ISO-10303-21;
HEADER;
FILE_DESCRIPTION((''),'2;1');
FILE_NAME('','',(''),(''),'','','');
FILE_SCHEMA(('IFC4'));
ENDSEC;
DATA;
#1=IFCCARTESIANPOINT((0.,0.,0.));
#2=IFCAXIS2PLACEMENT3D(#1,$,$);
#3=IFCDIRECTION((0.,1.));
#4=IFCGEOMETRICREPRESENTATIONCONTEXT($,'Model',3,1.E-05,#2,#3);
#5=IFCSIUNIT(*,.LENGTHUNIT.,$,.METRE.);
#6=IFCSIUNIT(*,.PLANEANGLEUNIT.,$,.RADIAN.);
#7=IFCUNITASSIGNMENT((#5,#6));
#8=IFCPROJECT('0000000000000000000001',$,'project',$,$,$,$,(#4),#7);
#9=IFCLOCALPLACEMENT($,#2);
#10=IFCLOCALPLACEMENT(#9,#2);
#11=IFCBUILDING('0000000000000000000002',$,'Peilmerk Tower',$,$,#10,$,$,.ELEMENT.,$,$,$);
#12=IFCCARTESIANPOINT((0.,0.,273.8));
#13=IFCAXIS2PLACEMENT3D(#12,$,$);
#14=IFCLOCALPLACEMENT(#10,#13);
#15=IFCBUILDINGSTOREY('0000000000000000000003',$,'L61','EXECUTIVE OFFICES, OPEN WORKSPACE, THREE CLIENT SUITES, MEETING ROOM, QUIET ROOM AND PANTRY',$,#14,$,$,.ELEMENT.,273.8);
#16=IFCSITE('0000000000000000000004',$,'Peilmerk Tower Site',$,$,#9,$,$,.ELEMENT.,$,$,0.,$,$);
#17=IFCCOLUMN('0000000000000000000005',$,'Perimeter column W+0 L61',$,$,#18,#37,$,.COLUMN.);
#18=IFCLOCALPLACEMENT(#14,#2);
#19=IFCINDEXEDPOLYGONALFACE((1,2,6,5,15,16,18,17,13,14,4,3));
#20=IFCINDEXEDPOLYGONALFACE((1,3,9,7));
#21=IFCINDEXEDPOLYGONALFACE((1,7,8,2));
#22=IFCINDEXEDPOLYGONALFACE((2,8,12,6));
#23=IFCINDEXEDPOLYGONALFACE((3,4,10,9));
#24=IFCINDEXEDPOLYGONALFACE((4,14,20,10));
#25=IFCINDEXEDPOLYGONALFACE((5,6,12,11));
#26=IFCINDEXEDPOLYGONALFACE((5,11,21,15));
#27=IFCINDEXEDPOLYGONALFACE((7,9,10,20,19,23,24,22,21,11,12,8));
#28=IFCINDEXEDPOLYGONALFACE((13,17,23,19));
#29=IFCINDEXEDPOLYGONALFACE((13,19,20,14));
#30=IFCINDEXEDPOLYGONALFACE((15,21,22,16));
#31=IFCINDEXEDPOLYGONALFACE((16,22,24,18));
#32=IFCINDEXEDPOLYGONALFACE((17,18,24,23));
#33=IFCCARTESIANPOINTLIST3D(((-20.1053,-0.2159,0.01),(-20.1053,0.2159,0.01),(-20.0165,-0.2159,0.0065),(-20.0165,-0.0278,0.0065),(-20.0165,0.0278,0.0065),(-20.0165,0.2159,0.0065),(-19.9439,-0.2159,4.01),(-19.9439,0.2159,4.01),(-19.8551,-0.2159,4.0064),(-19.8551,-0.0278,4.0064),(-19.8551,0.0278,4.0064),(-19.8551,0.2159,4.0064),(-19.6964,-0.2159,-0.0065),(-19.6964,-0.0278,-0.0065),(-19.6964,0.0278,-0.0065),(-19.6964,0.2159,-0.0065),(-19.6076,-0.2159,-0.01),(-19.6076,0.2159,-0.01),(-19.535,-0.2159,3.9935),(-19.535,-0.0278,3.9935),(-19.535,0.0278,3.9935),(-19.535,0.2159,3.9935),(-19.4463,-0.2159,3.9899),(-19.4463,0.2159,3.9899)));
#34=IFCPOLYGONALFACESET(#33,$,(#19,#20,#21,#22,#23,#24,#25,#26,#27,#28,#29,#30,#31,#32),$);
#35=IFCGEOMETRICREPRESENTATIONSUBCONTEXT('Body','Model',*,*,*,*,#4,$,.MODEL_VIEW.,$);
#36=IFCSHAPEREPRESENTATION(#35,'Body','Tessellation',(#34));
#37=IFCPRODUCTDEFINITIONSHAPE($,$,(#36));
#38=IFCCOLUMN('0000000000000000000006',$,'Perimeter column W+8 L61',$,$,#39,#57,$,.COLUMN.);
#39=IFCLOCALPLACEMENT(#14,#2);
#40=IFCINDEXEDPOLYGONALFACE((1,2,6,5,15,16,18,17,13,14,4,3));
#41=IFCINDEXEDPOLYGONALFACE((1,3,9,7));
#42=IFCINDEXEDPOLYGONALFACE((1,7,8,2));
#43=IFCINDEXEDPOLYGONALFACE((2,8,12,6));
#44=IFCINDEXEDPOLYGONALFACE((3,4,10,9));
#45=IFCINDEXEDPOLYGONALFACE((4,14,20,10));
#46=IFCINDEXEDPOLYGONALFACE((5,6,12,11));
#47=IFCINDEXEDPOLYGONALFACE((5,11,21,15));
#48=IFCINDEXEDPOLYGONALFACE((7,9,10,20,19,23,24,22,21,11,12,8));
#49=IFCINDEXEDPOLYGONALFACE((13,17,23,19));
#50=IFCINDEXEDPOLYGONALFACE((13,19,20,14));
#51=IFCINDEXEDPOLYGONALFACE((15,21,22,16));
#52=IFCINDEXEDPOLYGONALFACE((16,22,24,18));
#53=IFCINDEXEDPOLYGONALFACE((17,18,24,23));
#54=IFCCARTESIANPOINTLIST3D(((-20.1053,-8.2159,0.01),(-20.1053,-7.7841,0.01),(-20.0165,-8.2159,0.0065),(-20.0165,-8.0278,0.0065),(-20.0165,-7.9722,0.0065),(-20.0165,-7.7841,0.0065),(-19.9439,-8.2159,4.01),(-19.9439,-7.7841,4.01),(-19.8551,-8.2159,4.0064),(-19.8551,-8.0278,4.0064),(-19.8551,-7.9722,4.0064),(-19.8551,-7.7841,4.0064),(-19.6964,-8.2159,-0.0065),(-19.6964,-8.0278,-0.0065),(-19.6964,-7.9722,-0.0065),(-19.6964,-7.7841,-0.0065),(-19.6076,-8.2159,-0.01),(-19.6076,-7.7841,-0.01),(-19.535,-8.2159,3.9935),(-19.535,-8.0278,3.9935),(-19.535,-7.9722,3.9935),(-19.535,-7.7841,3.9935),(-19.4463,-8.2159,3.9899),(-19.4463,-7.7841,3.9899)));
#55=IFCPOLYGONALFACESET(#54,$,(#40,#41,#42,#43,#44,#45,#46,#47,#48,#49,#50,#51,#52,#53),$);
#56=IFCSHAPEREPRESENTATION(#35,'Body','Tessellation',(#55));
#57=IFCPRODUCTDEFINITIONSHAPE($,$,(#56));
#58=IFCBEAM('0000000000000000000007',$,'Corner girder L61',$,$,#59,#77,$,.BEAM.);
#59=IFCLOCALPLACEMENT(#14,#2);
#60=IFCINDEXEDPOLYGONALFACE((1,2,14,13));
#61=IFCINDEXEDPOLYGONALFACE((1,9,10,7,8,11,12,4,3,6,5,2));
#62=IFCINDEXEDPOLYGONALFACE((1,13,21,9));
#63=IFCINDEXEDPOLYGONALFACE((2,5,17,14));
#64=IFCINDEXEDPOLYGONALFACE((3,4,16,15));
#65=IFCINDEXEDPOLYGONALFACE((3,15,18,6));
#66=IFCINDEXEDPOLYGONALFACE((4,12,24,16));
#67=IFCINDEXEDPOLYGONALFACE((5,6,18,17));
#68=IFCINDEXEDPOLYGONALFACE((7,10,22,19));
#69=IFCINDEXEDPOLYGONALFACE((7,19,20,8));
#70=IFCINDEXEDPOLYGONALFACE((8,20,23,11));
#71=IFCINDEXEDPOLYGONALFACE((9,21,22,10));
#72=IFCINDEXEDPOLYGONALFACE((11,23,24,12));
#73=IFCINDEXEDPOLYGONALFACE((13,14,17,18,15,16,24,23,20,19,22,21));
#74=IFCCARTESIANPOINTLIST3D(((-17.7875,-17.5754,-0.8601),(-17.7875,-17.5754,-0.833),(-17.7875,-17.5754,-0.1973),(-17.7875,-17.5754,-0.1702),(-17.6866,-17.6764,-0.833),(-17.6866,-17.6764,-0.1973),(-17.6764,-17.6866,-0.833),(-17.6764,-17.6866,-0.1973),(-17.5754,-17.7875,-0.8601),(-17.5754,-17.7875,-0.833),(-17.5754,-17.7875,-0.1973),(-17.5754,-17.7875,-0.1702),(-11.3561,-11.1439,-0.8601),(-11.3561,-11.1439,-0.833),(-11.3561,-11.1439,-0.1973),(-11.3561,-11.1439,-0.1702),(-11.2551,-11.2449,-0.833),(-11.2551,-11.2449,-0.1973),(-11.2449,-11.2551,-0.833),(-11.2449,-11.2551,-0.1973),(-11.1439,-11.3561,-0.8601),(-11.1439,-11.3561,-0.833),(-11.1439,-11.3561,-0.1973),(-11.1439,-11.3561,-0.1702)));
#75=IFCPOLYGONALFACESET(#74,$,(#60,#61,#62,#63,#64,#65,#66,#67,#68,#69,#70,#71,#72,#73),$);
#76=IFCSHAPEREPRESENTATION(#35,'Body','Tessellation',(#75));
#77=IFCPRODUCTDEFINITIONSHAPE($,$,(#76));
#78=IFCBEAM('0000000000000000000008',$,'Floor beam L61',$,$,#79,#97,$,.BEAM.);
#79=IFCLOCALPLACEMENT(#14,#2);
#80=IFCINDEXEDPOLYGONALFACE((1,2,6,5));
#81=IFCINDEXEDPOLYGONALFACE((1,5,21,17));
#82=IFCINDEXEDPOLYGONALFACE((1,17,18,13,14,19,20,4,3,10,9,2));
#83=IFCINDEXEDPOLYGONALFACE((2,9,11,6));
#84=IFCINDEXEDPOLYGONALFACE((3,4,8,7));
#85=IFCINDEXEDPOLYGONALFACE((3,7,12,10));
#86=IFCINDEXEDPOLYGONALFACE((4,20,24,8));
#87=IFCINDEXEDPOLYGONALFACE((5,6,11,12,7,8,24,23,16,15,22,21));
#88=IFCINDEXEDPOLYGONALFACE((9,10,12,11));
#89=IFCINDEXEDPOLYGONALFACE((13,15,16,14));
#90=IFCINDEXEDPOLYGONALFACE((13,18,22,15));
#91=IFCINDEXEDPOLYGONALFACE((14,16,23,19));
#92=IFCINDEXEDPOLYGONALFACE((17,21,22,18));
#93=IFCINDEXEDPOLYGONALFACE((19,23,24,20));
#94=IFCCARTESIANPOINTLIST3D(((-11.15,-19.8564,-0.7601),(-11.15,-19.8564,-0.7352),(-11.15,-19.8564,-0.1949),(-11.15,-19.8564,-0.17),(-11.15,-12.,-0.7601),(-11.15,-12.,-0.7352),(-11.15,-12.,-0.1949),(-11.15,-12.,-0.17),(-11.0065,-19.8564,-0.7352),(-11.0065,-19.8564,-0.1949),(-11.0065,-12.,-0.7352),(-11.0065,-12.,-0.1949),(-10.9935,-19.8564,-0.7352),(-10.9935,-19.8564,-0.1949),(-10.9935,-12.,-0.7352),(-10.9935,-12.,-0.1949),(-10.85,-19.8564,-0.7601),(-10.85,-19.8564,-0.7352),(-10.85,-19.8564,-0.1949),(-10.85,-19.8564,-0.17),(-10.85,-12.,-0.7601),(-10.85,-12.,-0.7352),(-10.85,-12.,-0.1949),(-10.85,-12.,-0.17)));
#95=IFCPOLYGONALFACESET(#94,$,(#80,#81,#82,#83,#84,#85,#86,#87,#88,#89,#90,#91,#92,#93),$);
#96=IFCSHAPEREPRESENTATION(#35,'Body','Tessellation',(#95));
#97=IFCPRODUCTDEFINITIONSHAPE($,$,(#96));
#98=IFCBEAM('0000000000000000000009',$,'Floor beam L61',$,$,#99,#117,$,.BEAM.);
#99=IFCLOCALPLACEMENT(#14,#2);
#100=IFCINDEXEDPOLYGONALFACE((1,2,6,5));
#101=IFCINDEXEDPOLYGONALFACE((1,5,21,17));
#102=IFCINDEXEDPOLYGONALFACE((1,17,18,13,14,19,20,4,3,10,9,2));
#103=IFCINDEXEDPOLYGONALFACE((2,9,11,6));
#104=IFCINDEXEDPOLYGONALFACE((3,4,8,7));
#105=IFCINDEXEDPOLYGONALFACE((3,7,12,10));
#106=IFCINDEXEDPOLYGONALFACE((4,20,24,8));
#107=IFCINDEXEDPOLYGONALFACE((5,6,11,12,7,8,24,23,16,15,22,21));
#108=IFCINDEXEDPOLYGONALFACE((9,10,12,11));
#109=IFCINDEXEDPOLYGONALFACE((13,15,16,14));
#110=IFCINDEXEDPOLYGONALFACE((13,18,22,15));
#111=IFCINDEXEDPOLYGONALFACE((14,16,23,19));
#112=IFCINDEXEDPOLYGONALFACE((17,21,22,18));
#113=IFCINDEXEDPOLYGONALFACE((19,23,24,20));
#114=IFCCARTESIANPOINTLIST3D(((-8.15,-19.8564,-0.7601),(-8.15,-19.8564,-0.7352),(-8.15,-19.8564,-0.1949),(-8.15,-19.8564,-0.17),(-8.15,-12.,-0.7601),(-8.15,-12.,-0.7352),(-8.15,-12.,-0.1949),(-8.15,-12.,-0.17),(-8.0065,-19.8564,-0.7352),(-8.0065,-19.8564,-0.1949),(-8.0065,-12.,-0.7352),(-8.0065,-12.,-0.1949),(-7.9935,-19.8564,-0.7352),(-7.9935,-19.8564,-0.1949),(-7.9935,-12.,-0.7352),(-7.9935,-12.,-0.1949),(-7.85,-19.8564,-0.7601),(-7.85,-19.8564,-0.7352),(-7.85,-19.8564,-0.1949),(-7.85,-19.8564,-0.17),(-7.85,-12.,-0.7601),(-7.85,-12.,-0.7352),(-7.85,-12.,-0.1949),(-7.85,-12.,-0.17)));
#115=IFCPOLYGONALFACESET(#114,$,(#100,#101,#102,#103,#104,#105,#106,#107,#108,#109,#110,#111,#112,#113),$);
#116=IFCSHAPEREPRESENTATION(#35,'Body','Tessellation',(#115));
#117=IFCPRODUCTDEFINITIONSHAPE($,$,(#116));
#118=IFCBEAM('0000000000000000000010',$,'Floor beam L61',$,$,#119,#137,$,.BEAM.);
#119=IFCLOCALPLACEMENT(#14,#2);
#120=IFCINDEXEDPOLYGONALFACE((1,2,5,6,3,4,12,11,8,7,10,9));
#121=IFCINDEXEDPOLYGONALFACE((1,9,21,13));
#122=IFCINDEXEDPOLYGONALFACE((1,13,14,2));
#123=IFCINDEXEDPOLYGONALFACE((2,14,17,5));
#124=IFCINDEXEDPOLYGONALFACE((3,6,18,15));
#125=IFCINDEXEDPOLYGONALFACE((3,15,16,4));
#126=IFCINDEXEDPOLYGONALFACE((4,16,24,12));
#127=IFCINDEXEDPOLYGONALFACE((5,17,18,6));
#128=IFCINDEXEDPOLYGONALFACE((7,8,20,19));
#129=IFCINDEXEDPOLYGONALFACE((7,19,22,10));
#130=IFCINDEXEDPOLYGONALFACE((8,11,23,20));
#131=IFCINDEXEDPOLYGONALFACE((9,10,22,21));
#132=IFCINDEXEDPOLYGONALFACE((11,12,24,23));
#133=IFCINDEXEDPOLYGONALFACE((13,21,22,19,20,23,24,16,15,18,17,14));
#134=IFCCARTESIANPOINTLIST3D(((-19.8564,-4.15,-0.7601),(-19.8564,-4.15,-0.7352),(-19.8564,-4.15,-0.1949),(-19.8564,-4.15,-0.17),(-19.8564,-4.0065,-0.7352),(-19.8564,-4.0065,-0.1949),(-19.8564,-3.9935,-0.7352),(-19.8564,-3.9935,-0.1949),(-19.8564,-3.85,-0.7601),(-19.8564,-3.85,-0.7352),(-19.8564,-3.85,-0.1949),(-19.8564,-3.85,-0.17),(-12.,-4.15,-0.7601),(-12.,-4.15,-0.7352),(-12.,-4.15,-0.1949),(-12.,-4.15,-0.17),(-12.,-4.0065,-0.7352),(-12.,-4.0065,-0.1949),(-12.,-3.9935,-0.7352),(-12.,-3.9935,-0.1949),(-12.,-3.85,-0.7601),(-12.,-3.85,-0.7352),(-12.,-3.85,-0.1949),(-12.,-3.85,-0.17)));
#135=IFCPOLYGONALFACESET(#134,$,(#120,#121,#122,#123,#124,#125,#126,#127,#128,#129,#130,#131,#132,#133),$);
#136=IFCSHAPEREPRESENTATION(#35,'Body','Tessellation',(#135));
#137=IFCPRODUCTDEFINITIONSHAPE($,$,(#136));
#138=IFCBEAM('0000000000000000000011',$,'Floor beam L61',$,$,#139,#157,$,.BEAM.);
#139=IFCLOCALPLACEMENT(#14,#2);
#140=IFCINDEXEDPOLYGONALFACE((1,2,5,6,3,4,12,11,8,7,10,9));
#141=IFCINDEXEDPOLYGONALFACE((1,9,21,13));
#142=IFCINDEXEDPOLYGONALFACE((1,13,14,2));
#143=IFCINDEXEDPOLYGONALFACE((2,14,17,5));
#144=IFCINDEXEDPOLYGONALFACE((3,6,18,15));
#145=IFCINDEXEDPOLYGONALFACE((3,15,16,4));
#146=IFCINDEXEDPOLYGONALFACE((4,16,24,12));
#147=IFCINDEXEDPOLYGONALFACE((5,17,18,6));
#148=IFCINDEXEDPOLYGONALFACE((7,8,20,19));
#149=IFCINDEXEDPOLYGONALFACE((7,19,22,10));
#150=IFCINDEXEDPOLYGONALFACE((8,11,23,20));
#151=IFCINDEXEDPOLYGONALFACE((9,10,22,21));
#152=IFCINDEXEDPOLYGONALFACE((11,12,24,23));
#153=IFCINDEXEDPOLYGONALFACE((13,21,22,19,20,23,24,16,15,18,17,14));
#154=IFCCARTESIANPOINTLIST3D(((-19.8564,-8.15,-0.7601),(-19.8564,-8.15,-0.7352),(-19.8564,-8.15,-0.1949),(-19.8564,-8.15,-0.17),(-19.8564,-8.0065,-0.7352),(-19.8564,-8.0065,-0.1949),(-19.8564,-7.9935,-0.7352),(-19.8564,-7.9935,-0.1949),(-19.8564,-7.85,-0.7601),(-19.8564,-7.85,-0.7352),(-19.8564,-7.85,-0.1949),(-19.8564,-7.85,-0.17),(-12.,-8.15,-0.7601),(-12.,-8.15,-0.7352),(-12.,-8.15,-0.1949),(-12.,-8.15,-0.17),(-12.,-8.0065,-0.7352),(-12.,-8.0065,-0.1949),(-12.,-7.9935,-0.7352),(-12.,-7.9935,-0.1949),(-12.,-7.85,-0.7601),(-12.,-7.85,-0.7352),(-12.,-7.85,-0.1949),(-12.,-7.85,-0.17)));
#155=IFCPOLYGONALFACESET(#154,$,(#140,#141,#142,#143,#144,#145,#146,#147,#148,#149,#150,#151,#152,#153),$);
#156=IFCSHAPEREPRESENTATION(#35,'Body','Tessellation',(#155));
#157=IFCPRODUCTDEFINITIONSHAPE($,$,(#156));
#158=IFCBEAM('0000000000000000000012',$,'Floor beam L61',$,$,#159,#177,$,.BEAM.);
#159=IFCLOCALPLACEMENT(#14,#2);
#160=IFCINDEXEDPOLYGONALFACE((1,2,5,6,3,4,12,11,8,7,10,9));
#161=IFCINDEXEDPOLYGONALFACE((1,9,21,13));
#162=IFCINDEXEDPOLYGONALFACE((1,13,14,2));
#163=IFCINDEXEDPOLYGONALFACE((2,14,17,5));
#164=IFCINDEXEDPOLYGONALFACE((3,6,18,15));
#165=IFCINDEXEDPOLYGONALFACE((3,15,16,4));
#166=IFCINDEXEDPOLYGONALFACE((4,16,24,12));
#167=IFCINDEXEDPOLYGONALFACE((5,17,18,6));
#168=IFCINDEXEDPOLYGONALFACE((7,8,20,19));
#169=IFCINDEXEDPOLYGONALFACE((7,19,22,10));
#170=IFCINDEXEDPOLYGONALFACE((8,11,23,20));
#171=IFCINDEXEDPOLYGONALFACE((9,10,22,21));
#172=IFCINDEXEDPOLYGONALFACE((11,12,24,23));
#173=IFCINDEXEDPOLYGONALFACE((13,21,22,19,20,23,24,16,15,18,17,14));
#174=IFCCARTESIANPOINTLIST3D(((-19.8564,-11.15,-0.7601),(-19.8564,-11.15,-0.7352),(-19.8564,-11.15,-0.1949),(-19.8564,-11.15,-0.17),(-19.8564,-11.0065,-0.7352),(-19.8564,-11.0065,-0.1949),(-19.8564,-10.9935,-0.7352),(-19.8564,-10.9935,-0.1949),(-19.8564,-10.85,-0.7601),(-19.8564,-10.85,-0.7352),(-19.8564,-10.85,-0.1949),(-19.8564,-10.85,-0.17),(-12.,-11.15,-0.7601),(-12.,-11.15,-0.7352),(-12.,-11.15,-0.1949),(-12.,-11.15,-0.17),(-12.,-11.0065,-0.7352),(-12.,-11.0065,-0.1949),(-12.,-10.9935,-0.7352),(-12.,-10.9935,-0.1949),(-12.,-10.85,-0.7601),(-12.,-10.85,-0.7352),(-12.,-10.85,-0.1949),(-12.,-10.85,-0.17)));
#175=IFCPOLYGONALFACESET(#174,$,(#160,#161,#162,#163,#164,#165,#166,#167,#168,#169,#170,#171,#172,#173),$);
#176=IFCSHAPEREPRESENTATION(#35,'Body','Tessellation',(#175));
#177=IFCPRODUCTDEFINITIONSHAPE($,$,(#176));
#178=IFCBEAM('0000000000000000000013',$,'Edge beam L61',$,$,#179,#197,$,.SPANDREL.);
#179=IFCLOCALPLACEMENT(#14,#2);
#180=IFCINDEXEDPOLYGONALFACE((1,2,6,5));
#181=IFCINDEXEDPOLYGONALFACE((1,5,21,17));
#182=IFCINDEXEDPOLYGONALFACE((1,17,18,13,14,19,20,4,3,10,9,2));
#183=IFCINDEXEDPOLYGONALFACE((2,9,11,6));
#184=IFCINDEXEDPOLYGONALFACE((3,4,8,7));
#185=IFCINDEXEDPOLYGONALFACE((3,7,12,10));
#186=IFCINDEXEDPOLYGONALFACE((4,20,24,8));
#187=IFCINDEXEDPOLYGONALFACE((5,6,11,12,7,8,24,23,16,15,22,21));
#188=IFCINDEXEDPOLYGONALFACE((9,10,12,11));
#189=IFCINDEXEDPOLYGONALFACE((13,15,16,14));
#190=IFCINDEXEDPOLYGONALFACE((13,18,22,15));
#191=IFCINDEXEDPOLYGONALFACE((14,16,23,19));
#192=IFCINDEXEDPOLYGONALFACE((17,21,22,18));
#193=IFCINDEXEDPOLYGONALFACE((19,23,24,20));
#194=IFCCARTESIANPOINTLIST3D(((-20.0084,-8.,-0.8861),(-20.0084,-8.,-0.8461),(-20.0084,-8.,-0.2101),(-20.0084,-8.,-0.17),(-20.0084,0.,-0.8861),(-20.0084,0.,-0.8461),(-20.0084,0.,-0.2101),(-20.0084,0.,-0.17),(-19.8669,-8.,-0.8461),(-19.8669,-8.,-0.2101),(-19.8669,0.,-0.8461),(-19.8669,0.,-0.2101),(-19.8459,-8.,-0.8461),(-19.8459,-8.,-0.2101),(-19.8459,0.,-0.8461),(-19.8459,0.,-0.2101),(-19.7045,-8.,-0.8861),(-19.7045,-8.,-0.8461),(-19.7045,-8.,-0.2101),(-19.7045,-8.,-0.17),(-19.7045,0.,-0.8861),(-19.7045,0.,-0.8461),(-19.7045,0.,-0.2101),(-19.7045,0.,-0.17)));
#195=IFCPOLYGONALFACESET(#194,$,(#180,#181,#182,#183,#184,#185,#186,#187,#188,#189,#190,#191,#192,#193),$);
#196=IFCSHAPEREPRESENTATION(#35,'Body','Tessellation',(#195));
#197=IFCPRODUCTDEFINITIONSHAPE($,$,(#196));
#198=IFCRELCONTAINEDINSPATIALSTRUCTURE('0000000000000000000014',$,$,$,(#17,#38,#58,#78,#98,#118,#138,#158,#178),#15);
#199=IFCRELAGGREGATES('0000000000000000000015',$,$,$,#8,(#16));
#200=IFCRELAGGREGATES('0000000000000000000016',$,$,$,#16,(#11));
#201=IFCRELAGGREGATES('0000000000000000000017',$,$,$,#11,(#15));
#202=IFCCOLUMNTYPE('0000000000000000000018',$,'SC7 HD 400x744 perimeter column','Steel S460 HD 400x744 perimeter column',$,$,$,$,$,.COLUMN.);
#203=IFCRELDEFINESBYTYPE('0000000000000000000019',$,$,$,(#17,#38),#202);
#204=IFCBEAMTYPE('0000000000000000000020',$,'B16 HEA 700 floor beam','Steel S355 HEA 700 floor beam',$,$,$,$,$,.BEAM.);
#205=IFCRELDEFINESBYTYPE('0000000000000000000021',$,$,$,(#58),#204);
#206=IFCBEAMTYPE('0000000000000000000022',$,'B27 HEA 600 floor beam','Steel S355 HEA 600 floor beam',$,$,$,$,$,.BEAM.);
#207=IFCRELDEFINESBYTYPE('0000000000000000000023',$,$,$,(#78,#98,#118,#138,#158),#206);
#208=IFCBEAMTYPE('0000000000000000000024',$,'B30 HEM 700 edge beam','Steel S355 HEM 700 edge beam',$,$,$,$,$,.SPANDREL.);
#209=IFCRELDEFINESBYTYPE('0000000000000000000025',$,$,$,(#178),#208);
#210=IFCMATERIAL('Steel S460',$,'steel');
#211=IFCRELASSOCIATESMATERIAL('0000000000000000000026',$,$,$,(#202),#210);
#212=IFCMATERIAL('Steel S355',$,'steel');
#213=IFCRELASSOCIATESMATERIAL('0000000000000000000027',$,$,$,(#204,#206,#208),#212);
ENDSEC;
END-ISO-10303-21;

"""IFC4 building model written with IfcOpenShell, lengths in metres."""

from ifc_helpers import new_model, si_unit, direction, frame, origin, origin_2d, place, context, subcontext, project, spatial, i_section, extrude, material, material_profile, profile_set, type_object, element, save


model = new_model("IFC4")

# Units and contexts
model_context = context("Model", 3, precision=1e-05, world=origin(), true_north=direction((0.0, 1.0)))
body_context = subcontext(model_context, "Body", "Model", "MODEL_VIEW")
ifc_project = project(units=[si_unit("LENGTHUNIT", "METRE"), si_unit("PLANEANGLEUNIT", "RADIAN")], contexts=[model_context])

# Site, building, storey
site_placement = place(None, origin())
site = spatial("IfcSite", under=ifc_project, at=site_placement, Name="Peilmerk Tower Site", CompositionType="ELEMENT", RefElevation=0.0)
building_placement = place(site_placement, origin())
building = spatial("IfcBuilding", under=site, at=building_placement, Name="Peilmerk Tower", CompositionType="ELEMENT")
storey_placement = place(building_placement, frame((0.0, 0.0, 273.8)))
storey = spatial("IfcBuildingStorey", under=building, at=storey_placement, Name="L61", Description="EXECUTIVE OFFICES, OPEN WORKSPACE, THREE CLIENT SUITES, MEETING ROOM, QUIET ROOM AND PANTRY", CompositionType="ELEMENT", Elevation=273.8)

# Columns
ifc_material_1 = material(Name="Steel S460", Category="steel")
ifc_material_profile_1 = material_profile(ifc_material_1, i_section(OverallWidth=0.4319, OverallDepth=0.498, WebThickness=0.0557, FlangeThickness=0.0889, at=origin_2d()), Name="HD 400x744")
ifc_profile_set_1 = profile_set([ifc_material_profile_1], Name="Steel S460")
column_type = type_object("IfcColumnType", Name="SC7 HD 400x744 perimeter column", Description="Steel S460 HD 400x744 perimeter column", PredefinedType="COLUMN", material=ifc_profile_set_1)
for number, where, z_axis, x_axis, name in (
    (1, (-19.8564, 0.0, 0.0), (0.040311, 0.0, 0.999187), (0.0, 1.0, 0.0), "Perimeter column W+0 L61"),
    (2, (-19.8564, -8.0, 0.0), (0.040311, 0.0, 0.999187), (0.0, 1.0, 0.0), "Perimeter column W+8 L61"),
):
    element("IfcColumn", number, at=place(storey_placement, frame(where, z_axis=z_axis, x_axis=x_axis)), inside=storey, type_object=column_type, Name=name, PredefinedType="COLUMN", context=body_context, shape_type="SweptSolid", body=[
        extrude(i_section(OverallWidth=0.4319, OverallDepth=0.498, WebThickness=0.0557, FlangeThickness=0.0889, at=origin_2d()), origin(), (0.0, 0.0, 1.0), 4.0032),
    ])

# Beams
ifc_material_2 = material(Name="Steel S355", Category="steel")
ifc_material_profile_2 = material_profile(ifc_material_2, i_section(OverallWidth=0.3, OverallDepth=0.6899, WebThickness=0.0144, FlangeThickness=0.0271, at=origin_2d()), Name="HEA 700")
ifc_profile_set_2 = profile_set([ifc_material_profile_2], Name="Steel S355")
beam_type_1 = type_object("IfcBeamType", Name="B16 HEA 700 floor beam", Description="Steel S355 HEA 700 floor beam", PredefinedType="BEAM", material=ifc_profile_set_2)
beam_1_placement = place(storey_placement, frame((-11.25, -11.25, -0.5151), z_axis=(-0.707107, -0.707107, 0.0), x_axis=(0.707107, -0.707107, 0.0)))
element("IfcBeam", 3, at=beam_1_placement, inside=storey, type_object=beam_type_1, Name="Corner girder L61", PredefinedType="BEAM", context=body_context, shape_type="SweptSolid", body=[
    extrude(i_section(OverallWidth=0.3, OverallDepth=0.6899, WebThickness=0.0144, FlangeThickness=0.0271, at=origin_2d()), origin(), (0.0, 0.0, 1.0), 9.0955),
])
ifc_material_profile_3 = material_profile(ifc_material_2, i_section(OverallWidth=0.3, OverallDepth=0.5901, WebThickness=0.0129, FlangeThickness=0.0249, at=origin_2d()), Name="HEA 600")
ifc_profile_set_3 = profile_set([ifc_material_profile_3], Name="Steel S355")
beam_type_2 = type_object("IfcBeamType", Name="B27 HEA 600 floor beam", Description="Steel S355 HEA 600 floor beam", PredefinedType="BEAM", material=ifc_profile_set_3)
for number, where, z_axis, x_axis, name in (
    (4, (-11.0, -12.0, -0.4651), (0.0, -1.0, 0.0), (1.0, 0.0, 0.0), "Floor beam L61"),
    (5, (-8.0, -12.0, -0.4651), (0.0, -1.0, 0.0), (1.0, 0.0, 0.0), "Floor beam L61"),
    (6, (-12.0, -4.0, -0.4651), (-1.0, 0.0, 0.0), (0.0, -1.0, 0.0), "Floor beam L61"),
    (7, (-12.0, -8.0, -0.4651), (-1.0, 0.0, 0.0), (0.0, -1.0, 0.0), "Floor beam L61"),
    (8, (-12.0, -11.0, -0.4651), (-1.0, 0.0, 0.0), (0.0, -1.0, 0.0), "Floor beam L61"),
):
    element("IfcBeam", number, at=place(storey_placement, frame(where, z_axis=z_axis, x_axis=x_axis)), inside=storey, type_object=beam_type_2, Name=name, PredefinedType="BEAM", context=body_context, shape_type="SweptSolid", body=[
        extrude(i_section(OverallWidth=0.3, OverallDepth=0.5901, WebThickness=0.0129, FlangeThickness=0.0249, at=origin_2d()), origin(), (0.0, 0.0, 1.0), 7.8564),
    ])
ifc_material_profile_4 = material_profile(ifc_material_2, i_section(OverallWidth=0.304, OverallDepth=0.7161, WebThickness=0.021, FlangeThickness=0.04, at=origin_2d()), Name="HEM 700")
ifc_profile_set_4 = profile_set([ifc_material_profile_4], Name="Steel S355")
beam_type_3 = type_object("IfcBeamType", Name="B30 HEM 700 edge beam", Description="Steel S355 HEM 700 edge beam", PredefinedType="SPANDREL", material=ifc_profile_set_4)
beam_2_placement = place(storey_placement, frame((-19.8564, 0.0, -0.5281), z_axis=(0.0, -1.0, 0.0), x_axis=(1.0, 0.0, 0.0)))
element("IfcBeam", 9, at=beam_2_placement, inside=storey, type_object=beam_type_3, Name="Edge beam L61", PredefinedType="SPANDREL", context=body_context, shape_type="SweptSolid", body=[
    extrude(i_section(OverallWidth=0.304, OverallDepth=0.7161, WebThickness=0.021, FlangeThickness=0.04, at=origin_2d()), origin(), (0.0, 0.0, 1.0), 8.0),
])

save(model, "model.ifc")
